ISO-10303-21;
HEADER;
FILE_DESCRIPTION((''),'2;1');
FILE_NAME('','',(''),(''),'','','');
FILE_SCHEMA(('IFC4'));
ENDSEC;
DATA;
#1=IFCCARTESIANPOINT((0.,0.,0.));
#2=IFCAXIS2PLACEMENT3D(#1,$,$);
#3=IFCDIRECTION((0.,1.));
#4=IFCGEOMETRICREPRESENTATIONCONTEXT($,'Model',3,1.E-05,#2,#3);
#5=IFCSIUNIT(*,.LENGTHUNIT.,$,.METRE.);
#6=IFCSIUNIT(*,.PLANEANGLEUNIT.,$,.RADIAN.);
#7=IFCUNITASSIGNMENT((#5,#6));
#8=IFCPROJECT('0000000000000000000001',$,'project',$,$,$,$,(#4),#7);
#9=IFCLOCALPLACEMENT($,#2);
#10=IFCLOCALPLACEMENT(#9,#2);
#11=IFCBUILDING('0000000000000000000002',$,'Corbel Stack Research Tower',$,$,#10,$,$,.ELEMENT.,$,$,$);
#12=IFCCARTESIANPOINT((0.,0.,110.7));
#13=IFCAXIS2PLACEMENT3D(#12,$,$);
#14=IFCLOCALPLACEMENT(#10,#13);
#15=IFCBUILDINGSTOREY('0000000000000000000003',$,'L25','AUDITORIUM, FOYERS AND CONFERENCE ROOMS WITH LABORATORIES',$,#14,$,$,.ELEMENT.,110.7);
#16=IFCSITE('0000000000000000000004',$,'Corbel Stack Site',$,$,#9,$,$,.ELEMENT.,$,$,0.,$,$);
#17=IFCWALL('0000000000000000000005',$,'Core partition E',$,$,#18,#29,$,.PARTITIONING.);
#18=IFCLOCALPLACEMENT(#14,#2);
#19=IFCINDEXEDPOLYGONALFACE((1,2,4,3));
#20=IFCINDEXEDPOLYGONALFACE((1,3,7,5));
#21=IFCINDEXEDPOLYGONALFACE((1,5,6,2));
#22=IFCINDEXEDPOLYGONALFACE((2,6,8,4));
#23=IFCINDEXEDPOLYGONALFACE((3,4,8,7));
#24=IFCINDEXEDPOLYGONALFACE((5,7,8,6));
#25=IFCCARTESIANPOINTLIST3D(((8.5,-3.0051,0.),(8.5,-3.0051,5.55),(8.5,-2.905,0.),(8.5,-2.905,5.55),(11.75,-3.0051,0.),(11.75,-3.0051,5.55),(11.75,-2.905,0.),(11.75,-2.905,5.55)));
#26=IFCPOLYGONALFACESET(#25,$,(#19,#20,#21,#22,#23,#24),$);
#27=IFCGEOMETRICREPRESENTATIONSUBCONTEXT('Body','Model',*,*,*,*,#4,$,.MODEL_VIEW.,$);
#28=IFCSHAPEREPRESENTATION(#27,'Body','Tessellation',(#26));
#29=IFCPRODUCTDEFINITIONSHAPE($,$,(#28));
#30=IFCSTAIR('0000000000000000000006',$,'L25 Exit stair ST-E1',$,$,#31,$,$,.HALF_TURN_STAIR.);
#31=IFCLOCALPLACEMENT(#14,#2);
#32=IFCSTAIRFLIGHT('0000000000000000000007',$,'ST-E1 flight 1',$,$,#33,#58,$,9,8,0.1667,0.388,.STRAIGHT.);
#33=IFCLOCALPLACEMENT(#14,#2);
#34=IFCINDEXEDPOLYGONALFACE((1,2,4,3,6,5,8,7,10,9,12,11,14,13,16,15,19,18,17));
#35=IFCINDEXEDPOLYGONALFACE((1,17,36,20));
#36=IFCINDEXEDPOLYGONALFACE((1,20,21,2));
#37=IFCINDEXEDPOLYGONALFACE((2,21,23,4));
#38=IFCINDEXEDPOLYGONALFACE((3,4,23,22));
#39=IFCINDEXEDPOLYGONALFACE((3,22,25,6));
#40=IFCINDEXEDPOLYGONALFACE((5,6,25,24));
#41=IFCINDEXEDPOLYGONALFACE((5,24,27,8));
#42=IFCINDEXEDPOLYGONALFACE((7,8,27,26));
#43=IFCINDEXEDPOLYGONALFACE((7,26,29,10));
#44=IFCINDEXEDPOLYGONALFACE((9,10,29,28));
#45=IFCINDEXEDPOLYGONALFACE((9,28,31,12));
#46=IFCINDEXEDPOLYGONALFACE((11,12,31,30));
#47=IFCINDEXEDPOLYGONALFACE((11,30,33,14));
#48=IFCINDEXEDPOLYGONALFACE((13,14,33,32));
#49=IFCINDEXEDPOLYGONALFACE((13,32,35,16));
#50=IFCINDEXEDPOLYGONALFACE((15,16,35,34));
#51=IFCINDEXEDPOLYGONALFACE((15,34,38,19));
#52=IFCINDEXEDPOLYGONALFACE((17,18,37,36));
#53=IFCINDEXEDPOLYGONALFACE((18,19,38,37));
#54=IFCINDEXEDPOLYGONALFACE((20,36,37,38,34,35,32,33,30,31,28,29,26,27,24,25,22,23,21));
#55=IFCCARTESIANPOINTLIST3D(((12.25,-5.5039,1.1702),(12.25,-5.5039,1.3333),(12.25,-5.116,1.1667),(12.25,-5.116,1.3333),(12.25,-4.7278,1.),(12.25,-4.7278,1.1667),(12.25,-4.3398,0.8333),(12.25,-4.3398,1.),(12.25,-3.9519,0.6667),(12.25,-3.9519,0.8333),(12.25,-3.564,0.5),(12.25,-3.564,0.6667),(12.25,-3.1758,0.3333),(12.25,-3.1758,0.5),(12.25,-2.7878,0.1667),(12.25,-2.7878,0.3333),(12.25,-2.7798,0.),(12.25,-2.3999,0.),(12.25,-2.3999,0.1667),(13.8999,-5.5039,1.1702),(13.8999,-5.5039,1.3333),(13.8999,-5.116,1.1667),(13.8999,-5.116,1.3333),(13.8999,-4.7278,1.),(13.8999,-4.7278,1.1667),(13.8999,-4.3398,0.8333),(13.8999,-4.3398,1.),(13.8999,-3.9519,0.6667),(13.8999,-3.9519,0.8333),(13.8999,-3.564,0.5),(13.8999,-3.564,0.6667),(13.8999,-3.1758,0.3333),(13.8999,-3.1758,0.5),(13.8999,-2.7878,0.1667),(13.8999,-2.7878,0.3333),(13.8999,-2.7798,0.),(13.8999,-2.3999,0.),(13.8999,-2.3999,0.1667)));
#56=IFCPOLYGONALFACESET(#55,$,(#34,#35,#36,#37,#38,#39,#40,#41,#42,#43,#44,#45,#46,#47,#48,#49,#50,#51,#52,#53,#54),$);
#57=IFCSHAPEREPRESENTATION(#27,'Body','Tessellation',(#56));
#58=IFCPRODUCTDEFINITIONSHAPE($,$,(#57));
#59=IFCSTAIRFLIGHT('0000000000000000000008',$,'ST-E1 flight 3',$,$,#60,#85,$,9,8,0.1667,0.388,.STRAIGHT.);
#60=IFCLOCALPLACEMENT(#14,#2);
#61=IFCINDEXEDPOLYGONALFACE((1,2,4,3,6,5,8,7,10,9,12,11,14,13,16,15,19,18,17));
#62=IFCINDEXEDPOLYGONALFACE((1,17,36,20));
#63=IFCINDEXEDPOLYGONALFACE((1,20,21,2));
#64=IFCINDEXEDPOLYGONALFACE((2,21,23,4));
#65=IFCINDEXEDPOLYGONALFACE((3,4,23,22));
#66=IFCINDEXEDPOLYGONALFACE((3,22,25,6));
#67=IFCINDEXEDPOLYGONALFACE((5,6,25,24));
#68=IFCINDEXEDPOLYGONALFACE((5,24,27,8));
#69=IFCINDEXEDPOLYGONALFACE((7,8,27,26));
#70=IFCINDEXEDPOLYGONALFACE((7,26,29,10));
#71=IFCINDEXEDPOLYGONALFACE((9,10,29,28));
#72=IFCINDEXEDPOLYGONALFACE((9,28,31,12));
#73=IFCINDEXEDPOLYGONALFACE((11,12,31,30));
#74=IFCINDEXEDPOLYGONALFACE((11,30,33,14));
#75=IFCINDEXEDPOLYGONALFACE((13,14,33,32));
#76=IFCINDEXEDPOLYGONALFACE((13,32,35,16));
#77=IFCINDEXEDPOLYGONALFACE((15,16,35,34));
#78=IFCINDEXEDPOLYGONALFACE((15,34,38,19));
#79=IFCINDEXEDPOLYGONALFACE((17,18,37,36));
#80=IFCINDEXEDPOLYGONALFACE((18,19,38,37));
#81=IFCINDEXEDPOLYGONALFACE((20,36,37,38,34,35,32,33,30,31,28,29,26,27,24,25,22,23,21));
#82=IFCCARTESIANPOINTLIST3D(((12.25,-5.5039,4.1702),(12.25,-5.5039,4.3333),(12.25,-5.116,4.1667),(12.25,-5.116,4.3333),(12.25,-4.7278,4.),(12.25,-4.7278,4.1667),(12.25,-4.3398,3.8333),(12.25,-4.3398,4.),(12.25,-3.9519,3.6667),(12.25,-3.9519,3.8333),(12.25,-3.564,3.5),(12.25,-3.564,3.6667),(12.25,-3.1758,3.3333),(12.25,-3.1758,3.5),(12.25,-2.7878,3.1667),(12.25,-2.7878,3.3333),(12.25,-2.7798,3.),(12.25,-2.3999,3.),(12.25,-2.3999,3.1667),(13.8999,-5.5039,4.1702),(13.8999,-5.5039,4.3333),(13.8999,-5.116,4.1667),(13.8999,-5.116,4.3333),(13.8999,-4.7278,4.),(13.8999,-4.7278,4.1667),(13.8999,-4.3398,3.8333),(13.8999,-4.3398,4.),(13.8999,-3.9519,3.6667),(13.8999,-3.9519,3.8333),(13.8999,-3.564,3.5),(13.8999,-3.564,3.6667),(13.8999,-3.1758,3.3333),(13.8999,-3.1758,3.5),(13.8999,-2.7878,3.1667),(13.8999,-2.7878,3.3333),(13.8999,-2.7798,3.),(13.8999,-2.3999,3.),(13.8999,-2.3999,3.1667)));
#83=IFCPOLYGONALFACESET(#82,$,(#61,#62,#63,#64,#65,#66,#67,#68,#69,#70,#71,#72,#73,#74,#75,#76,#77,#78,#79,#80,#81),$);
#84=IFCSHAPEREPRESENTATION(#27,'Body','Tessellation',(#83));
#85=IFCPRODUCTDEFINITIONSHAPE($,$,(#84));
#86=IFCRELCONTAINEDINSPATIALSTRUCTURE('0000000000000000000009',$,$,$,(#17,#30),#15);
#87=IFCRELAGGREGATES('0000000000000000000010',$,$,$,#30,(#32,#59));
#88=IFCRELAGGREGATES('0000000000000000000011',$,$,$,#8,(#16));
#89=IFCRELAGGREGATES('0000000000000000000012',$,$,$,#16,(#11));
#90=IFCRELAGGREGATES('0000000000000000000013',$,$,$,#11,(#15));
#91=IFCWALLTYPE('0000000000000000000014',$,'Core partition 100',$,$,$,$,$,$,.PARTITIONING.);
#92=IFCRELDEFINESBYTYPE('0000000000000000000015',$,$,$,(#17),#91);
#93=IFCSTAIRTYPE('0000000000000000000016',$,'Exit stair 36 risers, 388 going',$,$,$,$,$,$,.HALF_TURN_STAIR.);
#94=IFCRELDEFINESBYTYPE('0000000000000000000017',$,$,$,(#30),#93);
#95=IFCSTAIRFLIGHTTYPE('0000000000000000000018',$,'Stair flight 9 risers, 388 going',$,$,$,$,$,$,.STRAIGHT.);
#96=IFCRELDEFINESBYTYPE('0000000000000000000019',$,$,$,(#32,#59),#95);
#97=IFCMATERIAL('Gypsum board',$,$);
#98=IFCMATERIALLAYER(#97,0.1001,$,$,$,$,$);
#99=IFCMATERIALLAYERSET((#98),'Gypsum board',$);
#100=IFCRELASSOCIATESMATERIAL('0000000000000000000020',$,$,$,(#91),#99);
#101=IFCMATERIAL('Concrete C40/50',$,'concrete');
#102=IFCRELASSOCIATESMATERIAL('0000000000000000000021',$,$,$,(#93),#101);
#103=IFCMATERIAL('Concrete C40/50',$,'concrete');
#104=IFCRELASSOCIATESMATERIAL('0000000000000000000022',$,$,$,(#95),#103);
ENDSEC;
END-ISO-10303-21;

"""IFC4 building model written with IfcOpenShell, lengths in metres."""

from ifc_helpers import new_model, si_unit, direction, frame, frame_2d, origin, place, context, subcontext, project, spatial, polyline, rectangle, outline, extrude, material, layer, layer_set, type_object, element, aggregate, save


model = new_model("IFC4")

# Units and contexts
model_context = context("Model", 3, precision=1e-05, world=origin(), true_north=direction((0.0, 1.0)))
body_context = subcontext(model_context, "Body", "Model", "MODEL_VIEW")
ifc_project = project(units=[si_unit("LENGTHUNIT", "METRE"), si_unit("PLANEANGLEUNIT", "RADIAN")], contexts=[model_context])

# Site, building, storey
site_placement = place(None, origin())
site = spatial("IfcSite", under=ifc_project, at=site_placement, Name="Corbel Stack Site", CompositionType="ELEMENT", RefElevation=0.0)
building_placement = place(site_placement, origin())
building = spatial("IfcBuilding", under=site, at=building_placement, Name="Corbel Stack Research Tower", CompositionType="ELEMENT")
storey_placement = place(building_placement, frame((0.0, 0.0, 110.7)))
storey = spatial("IfcBuildingStorey", under=building, at=storey_placement, Name="L25", Description="AUDITORIUM, FOYERS AND CONFERENCE ROOMS WITH LABORATORIES", CompositionType="ELEMENT", Elevation=110.7)

# Shared definitions
ifc_material_1 = material(Name="Gypsum board")
ifc_layer_1 = layer(ifc_material_1, 0.1001)
ifc_layer_set_1 = layer_set([ifc_layer_1], Name="Gypsum board")
wall_type_1 = type_object("IfcWallType", Name="Core partition 100", PredefinedType="PARTITIONING", material=ifc_layer_set_1)

# Wall
wall_1_placement = place(storey_placement, frame((8.5, -2.9551, 0.0), z_axis=(0.0, 0.0, 1.0), x_axis=(1.0, 0.0, 0.0)))
element("IfcWall", 1, at=wall_1_placement, inside=storey, type_object=wall_type_1, Name="Core partition E", PredefinedType="PARTITIONING", context=body_context, shape_type="SweptSolid", body=[
    extrude(rectangle(XDim=3.25, YDim=0.1001, at=frame_2d((1.625, 0.0))), origin(), (0.0, 0.0, 1.0), 5.55),
])

# Stair, stair flights
ifc_material_2 = material(Name="Concrete C40/50", Category="concrete")
stair_type = type_object("IfcStairType", Name="Exit stair 36 risers, 388 going", PredefinedType="HALF_TURN_STAIR", material=ifc_material_2)
stair_placement = place(storey_placement, origin())
stair = element("IfcStair", 2, at=stair_placement, inside=storey, type_object=stair_type, Name="L25 Exit stair ST-E1", PredefinedType="HALF_TURN_STAIR")
ifc_material_3 = material(Name="Concrete C40/50", Category="concrete")
stair_flight_type = type_object("IfcStairFlightType", Name="Stair flight 9 risers, 388 going", PredefinedType="STRAIGHT", material=ifc_material_3)
stair_flight_1_placement = place(storey_placement, frame((13.075, -2.3999, 0.0), z_axis=(0.0, 0.0, 1.0), x_axis=(0.0, -1.0, 0.0)))
stair_flight_1 = element("IfcStairFlight", 3, at=stair_flight_1_placement, type_object=stair_flight_type, Name="ST-E1 flight 1", NumberOfRisers=9, NumberOfTreads=8, PredefinedType="STRAIGHT", RiserHeight=0.1667, TreadLength=0.388, context=body_context, shape_type="SweptSolid", body=[
    extrude(outline(polyline([(0.0, 0.0), (0.0, 0.1667), (0.3879, 0.1667), (0.3879, 0.3333), (0.7759, 0.3333), (0.7759, 0.5), (1.1641, 0.5), (1.1641, 0.6667), (1.552, 0.6667), (1.552, 0.8333), (1.9399, 0.8333), (1.9399, 1.0), (2.3279, 1.0), (2.3279, 1.1667), (2.7161, 1.1667), (2.7161, 1.3333), (3.104, 1.3333), (3.104, 1.5), (3.104, 1.1702), (0.3799, 0.0), (0.0, 0.0)])), frame((0.0, 0.825, 0.0), z_axis=(0.0, -1.0, 0.0), x_axis=(1.0, 0.0, 0.0)), (0.0, 0.0, 1.0), 1.6499),
])
stair_flight_2_placement = place(storey_placement, frame((13.075, -2.3999, 3.0), z_axis=(0.0, 0.0, 1.0), x_axis=(0.0, -1.0, 0.0)))
stair_flight_2 = element("IfcStairFlight", 4, at=stair_flight_2_placement, type_object=stair_flight_type, Name="ST-E1 flight 3", NumberOfRisers=9, NumberOfTreads=8, PredefinedType="STRAIGHT", RiserHeight=0.1667, TreadLength=0.388, context=body_context, shape_type="SweptSolid", body=[
    extrude(outline(polyline([(0.0, 0.0), (0.0, 0.1667), (0.3879, 0.1667), (0.3879, 0.3333), (0.7759, 0.3333), (0.7759, 0.5), (1.1641, 0.5), (1.1641, 0.6667), (1.552, 0.6667), (1.552, 0.8333), (1.9399, 0.8333), (1.9399, 1.0), (2.3279, 1.0), (2.3279, 1.1667), (2.7161, 1.1667), (2.7161, 1.3333), (3.104, 1.3333), (3.104, 1.5), (3.104, 1.1702), (0.3799, 0.0), (0.0, 0.0)])), frame((0.0, 0.825, 0.0), z_axis=(0.0, -1.0, 0.0), x_axis=(1.0, 0.0, 0.0)), (0.0, 0.0, 1.0), 1.6499),
])
aggregate(stair, [stair_flight_1, stair_flight_2])

save(model, "model.ifc")
